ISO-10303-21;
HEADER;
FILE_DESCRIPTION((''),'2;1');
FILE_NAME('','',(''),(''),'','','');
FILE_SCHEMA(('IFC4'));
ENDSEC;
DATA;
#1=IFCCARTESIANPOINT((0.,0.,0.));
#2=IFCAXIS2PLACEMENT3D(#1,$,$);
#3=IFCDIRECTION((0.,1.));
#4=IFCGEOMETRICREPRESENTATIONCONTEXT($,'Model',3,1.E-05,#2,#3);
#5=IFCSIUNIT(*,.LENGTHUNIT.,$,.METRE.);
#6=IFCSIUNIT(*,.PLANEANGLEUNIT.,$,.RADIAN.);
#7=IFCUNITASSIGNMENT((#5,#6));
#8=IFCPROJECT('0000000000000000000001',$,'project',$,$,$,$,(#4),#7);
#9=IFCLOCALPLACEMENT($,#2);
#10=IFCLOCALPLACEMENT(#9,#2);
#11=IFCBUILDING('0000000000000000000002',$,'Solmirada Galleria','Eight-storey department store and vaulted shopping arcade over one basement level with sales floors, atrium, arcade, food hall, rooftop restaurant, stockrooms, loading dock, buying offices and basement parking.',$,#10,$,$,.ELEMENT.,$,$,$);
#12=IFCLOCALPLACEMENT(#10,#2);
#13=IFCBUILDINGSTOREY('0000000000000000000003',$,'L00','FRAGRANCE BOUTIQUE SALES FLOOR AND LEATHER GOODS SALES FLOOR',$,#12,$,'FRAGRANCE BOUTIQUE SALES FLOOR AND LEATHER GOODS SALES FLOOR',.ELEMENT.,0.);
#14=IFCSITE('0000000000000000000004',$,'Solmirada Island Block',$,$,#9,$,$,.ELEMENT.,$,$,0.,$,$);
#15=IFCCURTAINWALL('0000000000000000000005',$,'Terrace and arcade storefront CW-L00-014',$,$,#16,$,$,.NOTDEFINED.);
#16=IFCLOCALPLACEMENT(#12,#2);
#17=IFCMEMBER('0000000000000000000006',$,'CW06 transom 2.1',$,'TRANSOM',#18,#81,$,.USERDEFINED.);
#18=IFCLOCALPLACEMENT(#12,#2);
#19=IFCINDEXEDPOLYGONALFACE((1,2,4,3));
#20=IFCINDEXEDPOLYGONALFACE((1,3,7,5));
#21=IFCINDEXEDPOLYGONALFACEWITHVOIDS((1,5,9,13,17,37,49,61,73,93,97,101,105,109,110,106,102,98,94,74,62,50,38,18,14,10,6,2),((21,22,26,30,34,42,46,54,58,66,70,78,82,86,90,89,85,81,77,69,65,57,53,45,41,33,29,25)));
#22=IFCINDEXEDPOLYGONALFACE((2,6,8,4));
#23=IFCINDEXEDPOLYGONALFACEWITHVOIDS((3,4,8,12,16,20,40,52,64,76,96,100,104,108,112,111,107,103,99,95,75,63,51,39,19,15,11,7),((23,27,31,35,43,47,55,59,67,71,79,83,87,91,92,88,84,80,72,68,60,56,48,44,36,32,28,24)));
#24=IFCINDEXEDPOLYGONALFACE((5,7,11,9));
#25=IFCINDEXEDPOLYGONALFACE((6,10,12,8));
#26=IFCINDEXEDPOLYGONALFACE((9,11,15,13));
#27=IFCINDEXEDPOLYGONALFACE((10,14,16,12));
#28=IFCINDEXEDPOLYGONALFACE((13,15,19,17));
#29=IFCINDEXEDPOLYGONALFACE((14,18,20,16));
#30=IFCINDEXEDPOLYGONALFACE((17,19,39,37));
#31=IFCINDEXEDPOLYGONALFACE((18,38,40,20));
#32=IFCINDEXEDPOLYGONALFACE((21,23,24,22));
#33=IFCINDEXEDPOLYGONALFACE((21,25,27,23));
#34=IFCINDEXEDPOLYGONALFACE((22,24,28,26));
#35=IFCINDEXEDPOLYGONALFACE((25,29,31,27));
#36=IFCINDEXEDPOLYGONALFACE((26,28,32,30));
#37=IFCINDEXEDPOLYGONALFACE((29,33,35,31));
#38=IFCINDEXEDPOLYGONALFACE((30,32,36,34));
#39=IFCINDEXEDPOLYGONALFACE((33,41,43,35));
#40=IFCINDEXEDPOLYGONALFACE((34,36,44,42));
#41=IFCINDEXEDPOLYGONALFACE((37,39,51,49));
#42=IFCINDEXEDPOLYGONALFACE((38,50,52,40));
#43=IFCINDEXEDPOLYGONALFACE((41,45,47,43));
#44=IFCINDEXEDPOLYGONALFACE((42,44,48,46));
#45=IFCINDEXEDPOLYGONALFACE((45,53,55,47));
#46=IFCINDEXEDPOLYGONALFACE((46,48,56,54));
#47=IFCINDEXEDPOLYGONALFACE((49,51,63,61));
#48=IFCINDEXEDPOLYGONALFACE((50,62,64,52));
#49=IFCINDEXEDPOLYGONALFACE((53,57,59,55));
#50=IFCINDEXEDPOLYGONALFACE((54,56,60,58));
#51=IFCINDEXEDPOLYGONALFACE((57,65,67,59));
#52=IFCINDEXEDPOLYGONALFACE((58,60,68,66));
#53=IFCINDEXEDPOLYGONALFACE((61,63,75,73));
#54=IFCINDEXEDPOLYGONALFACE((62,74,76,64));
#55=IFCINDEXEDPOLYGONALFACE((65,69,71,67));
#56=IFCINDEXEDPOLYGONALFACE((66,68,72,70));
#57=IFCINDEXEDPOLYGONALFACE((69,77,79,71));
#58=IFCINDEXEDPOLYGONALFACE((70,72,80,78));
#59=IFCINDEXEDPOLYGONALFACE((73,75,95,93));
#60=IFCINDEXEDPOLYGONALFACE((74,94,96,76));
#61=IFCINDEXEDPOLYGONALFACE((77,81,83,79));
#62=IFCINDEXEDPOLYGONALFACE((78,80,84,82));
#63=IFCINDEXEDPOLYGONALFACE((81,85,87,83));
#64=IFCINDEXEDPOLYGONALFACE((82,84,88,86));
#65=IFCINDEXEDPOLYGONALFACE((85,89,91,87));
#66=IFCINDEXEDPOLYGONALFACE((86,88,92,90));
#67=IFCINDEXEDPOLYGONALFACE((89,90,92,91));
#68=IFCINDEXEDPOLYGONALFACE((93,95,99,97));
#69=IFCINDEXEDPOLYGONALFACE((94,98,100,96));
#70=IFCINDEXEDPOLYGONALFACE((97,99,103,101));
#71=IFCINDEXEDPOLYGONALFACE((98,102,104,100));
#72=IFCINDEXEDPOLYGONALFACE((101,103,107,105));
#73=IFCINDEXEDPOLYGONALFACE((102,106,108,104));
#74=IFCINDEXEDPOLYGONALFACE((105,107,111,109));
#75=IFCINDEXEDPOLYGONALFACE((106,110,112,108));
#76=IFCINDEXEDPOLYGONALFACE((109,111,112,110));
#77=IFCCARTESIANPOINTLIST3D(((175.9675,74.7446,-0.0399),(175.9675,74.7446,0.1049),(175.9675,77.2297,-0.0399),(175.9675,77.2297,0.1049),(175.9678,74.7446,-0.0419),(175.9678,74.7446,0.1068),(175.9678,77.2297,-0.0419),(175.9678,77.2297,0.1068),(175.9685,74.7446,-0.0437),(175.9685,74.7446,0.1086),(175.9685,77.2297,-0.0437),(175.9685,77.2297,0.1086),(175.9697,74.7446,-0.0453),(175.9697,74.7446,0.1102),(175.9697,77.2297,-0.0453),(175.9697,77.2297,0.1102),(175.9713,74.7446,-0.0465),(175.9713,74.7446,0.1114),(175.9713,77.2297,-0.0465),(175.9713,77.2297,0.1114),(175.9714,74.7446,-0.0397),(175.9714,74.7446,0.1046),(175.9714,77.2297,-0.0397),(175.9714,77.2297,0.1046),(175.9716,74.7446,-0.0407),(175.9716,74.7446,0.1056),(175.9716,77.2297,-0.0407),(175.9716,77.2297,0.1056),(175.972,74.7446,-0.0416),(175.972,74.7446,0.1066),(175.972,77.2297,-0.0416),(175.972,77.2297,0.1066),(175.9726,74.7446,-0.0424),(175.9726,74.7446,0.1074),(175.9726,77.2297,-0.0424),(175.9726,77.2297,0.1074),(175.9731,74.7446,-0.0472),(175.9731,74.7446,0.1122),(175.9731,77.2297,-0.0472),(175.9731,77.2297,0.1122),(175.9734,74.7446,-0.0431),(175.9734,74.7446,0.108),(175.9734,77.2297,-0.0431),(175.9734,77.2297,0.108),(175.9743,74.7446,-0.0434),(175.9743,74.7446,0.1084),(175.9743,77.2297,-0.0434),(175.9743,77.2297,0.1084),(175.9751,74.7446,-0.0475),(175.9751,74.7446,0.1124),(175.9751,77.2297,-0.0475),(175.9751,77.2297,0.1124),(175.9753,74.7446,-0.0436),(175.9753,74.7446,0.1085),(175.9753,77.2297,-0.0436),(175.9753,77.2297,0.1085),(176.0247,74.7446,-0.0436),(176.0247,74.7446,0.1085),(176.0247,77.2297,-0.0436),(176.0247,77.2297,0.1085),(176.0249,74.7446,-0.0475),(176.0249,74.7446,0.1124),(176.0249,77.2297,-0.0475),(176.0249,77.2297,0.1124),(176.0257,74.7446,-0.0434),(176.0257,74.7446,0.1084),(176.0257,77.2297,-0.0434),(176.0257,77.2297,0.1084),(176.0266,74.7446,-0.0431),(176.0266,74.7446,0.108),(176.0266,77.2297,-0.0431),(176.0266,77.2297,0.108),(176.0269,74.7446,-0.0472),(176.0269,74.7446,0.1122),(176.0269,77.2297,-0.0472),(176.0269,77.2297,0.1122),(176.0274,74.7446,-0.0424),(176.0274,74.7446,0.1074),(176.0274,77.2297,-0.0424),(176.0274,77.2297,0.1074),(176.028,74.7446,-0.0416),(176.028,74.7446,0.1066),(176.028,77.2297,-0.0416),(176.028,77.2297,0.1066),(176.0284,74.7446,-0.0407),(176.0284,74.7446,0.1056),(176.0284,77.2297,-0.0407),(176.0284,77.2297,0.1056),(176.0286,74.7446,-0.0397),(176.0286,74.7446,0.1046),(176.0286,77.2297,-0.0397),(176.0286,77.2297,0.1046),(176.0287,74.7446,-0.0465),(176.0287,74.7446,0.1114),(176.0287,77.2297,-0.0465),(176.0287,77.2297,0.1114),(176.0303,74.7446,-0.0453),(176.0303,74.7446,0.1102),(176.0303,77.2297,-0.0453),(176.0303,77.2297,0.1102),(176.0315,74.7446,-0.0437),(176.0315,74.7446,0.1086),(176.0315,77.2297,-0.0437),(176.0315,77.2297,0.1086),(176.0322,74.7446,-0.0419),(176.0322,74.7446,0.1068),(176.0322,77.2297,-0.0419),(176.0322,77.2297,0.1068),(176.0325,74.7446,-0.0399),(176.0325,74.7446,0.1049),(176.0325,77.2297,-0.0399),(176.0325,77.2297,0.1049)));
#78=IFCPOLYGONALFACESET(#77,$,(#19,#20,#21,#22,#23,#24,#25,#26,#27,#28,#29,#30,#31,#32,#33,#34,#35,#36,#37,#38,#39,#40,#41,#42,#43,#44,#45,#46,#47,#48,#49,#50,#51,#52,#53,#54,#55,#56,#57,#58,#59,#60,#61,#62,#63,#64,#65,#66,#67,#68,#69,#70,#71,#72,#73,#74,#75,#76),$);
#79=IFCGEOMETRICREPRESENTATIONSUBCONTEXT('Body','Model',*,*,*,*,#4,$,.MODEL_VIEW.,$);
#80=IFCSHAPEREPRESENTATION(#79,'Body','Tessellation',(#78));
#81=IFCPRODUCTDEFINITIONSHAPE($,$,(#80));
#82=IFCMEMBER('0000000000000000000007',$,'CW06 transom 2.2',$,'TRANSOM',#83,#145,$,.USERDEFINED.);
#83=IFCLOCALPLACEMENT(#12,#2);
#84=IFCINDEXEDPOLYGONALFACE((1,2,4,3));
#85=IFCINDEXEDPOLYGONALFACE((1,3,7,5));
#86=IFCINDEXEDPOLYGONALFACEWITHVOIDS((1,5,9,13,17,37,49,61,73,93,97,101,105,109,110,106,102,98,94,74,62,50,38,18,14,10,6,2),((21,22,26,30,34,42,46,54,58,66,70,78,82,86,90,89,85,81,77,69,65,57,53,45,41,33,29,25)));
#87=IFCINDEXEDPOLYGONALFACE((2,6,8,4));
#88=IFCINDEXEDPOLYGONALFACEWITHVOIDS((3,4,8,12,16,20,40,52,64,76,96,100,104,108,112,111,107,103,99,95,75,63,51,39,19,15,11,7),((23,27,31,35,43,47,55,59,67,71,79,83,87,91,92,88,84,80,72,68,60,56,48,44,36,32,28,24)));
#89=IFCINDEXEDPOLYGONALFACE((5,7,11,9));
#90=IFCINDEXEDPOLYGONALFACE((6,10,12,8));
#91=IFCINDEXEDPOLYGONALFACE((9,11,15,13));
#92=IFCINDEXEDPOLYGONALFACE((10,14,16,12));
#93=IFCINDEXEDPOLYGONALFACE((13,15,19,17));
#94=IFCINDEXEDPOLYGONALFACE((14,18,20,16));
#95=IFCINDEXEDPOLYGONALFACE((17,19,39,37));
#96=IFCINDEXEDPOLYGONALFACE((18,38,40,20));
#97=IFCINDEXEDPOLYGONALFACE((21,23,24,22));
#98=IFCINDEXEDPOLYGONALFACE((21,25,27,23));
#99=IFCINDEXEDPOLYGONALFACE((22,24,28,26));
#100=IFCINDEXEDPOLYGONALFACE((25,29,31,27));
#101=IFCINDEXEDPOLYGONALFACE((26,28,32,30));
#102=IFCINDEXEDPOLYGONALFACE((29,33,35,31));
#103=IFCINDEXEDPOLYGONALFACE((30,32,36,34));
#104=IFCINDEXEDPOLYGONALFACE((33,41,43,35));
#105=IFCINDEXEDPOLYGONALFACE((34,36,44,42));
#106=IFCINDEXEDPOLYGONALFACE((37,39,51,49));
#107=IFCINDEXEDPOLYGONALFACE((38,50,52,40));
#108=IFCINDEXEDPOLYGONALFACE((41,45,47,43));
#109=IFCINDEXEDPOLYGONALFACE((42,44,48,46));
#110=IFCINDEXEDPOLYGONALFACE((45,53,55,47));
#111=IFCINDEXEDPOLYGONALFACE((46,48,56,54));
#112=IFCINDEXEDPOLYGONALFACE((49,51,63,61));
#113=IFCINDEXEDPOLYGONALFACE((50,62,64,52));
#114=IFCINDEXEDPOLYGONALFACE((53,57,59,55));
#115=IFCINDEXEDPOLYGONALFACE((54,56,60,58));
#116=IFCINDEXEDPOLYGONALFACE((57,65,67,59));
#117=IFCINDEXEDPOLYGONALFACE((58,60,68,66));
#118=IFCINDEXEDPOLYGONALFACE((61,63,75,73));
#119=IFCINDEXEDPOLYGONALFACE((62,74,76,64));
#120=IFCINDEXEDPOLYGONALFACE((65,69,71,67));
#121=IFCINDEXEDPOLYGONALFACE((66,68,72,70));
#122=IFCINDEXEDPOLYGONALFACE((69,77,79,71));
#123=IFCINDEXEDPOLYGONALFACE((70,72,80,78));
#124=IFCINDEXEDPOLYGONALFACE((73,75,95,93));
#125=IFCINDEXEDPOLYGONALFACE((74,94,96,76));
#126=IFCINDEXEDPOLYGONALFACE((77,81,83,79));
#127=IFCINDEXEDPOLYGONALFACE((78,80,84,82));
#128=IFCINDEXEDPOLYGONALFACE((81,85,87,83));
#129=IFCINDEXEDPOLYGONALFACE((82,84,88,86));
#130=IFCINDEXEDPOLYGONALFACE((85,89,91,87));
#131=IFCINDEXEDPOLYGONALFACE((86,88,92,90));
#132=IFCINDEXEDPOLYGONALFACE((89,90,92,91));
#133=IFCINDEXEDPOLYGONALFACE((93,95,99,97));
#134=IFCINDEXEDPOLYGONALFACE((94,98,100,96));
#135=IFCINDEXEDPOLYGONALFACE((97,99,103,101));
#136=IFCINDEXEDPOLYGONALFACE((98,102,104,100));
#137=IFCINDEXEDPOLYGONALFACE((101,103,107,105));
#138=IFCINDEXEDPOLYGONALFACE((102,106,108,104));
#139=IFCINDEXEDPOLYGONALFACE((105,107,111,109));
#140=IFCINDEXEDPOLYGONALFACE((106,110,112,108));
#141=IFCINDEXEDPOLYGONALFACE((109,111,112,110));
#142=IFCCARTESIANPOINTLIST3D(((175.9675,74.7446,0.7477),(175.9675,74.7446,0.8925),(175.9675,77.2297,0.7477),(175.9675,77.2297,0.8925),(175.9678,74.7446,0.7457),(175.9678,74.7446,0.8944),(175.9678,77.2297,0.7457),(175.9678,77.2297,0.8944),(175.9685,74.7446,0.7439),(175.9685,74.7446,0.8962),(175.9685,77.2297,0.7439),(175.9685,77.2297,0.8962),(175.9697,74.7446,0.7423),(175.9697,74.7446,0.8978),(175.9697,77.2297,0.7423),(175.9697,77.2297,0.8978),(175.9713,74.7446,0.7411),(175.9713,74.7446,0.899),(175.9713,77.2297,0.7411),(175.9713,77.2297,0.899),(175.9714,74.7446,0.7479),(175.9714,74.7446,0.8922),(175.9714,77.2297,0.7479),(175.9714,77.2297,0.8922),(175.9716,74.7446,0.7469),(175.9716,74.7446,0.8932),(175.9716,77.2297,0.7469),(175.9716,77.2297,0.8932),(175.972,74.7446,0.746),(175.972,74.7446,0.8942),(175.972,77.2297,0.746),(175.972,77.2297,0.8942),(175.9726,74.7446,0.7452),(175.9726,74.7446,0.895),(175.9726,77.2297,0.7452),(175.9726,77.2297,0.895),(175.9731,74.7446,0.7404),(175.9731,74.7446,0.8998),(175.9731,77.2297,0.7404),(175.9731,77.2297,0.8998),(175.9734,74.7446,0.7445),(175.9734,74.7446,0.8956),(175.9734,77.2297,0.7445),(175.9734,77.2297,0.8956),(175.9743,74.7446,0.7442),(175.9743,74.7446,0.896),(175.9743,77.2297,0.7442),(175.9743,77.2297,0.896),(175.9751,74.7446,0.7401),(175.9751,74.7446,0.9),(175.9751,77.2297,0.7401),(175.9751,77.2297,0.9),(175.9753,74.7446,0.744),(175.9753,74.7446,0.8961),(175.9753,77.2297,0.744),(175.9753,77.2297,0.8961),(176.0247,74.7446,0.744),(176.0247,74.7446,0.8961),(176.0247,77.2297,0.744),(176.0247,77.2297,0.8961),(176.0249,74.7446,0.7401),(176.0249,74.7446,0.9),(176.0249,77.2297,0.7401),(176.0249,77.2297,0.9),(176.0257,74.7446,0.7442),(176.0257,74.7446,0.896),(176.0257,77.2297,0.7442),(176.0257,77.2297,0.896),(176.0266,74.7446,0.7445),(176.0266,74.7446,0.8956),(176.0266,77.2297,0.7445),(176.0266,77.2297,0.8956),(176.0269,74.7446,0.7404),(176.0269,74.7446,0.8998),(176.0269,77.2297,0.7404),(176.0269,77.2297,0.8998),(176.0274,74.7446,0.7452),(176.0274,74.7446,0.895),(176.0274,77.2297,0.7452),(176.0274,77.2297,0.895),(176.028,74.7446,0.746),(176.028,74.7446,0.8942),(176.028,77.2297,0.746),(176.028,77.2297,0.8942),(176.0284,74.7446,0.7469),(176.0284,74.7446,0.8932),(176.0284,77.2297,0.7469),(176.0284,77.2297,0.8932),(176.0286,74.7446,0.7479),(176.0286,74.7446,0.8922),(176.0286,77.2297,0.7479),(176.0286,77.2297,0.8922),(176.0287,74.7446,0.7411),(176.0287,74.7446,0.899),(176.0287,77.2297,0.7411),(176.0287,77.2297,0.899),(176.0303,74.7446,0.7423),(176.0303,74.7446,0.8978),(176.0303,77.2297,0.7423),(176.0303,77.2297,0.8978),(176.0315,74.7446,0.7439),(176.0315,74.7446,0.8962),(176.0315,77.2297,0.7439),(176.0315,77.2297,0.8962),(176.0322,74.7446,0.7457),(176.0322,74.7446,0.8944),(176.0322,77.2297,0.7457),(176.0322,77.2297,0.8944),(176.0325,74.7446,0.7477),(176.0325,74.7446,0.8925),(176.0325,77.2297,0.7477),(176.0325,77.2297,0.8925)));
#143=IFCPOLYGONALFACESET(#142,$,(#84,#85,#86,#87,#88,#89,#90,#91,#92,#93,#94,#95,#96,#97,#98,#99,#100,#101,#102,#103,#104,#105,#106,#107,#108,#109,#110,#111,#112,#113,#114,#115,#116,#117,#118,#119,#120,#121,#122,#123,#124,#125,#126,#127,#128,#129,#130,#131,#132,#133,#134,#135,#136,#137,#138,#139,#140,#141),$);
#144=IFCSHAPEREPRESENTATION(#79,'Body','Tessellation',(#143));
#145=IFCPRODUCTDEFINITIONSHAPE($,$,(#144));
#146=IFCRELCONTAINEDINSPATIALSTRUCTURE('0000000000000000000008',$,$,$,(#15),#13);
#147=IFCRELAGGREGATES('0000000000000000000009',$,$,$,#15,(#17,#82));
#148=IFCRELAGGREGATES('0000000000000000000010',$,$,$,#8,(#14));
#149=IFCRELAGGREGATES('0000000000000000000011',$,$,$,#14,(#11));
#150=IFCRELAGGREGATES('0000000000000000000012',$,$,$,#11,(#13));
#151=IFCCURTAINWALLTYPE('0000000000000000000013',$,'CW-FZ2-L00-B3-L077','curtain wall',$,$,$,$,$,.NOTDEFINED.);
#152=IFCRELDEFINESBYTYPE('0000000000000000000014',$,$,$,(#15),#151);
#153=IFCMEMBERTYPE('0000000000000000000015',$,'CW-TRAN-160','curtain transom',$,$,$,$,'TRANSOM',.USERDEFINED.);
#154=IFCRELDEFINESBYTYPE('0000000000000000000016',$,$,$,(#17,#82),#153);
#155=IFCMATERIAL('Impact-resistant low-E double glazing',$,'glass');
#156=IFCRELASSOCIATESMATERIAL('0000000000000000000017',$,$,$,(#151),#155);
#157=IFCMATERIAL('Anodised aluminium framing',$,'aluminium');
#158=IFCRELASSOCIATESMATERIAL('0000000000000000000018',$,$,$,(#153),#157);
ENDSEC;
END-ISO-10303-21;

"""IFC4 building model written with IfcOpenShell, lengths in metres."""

from ifc_helpers import new_model, si_unit, direction, frame, origin, origin_2d, place, context, subcontext, project, spatial, hollow_rectangle, extrude, material, material_profile, profile_set, type_object, element, aggregate, save


model = new_model("IFC4")

# Units and contexts
model_context = context("Model", 3, precision=1e-05, world=origin(), true_north=direction((0.0, 1.0)))
body_context = subcontext(model_context, "Body", "Model", "MODEL_VIEW")
ifc_project = project(units=[si_unit("LENGTHUNIT", "METRE"), si_unit("PLANEANGLEUNIT", "RADIAN")], contexts=[model_context])

# Site, building, storey
site_placement = place(None, origin())
site = spatial("IfcSite", under=ifc_project, at=site_placement, Name="Solmirada Island Block", CompositionType="ELEMENT", RefElevation=0.0)
building_placement = place(site_placement, origin())
building = spatial("IfcBuilding", under=site, at=building_placement, Name="Solmirada Galleria", Description="Eight-storey department store and vaulted shopping arcade over one basement level with sales floors, atrium, arcade, food hall, rooftop restaurant, stockrooms, loading dock, buying offices and basement parking.", CompositionType="ELEMENT")
storey_placement = place(building_placement, origin())
storey = spatial("IfcBuildingStorey", under=building, at=storey_placement, Name="L00", Description="FRAGRANCE BOUTIQUE SALES FLOOR AND LEATHER GOODS SALES FLOOR", LongName="FRAGRANCE BOUTIQUE SALES FLOOR AND LEATHER GOODS SALES FLOOR", CompositionType="ELEMENT", Elevation=0.0)

# Curtain wall, members
ifc_material_1 = material(Name="Impact-resistant low-E double glazing", Category="glass")
curtain_wall_type = type_object("IfcCurtainWallType", Name="CW-FZ2-L00-B3-L077", Description="curtain wall", PredefinedType="NOTDEFINED", material=ifc_material_1)
curtain_wall_placement = place(storey_placement, origin())
curtain_wall = element("IfcCurtainWall", 1, at=curtain_wall_placement, inside=storey, type_object=curtain_wall_type, Name="Terrace and arcade storefront CW-L00-014", PredefinedType="NOTDEFINED")
ifc_material_2 = material(Name="Anodised aluminium framing", Category="aluminium")
ifc_material_profile_1 = material_profile(ifc_material_2, hollow_rectangle(XDim=0.0649, YDim=0.1599, WallThickness=0.0039, InnerFilletRadius=0.0039, OuterFilletRadius=0.0076, at=origin_2d()), Name="ALU-TRAN-160X65")
ifc_profile_set_1 = profile_set([ifc_material_profile_1], Name="Anodised aluminium framing")
member_type_1 = type_object("IfcMemberType", Name="CW-TRAN-160", Description="curtain transom", ElementType="TRANSOM", PredefinedType="USERDEFINED", material=ifc_profile_set_1)
member_1_placement = place(storey_placement, frame((176.0, 77.2297, 0.0325), z_axis=(0.0, -1.0, 0.0), x_axis=(1.0, 0.0, 0.0)))
member_1 = element("IfcMember", 2, at=member_1_placement, type_object=member_type_1, Name="CW06 transom 2.1", ObjectType="TRANSOM", PredefinedType="USERDEFINED", context=body_context, shape_type="SweptSolid", body=[
    extrude(hollow_rectangle(XDim=0.0649, YDim=0.1599, WallThickness=0.0039, InnerFilletRadius=0.0039, OuterFilletRadius=0.0076, at=origin_2d()), origin(), (0.0, 0.0, 1.0), 2.4851),
])
member_2_placement = place(storey_placement, frame((176.0, 77.2297, 0.8201), z_axis=(0.0, -1.0, 0.0), x_axis=(1.0, 0.0, 0.0)))
member_2 = element("IfcMember", 3, at=member_2_placement, type_object=member_type_1, Name="CW06 transom 2.2", ObjectType="TRANSOM", PredefinedType="USERDEFINED", context=body_context, shape_type="SweptSolid", body=[
    extrude(hollow_rectangle(XDim=0.0649, YDim=0.1599, WallThickness=0.0039, InnerFilletRadius=0.0039, OuterFilletRadius=0.0076, at=origin_2d()), origin(), (0.0, 0.0, 1.0), 2.4851),
])

aggregate(curtain_wall, [member_1, member_2])

save(model, "model.ifc")
